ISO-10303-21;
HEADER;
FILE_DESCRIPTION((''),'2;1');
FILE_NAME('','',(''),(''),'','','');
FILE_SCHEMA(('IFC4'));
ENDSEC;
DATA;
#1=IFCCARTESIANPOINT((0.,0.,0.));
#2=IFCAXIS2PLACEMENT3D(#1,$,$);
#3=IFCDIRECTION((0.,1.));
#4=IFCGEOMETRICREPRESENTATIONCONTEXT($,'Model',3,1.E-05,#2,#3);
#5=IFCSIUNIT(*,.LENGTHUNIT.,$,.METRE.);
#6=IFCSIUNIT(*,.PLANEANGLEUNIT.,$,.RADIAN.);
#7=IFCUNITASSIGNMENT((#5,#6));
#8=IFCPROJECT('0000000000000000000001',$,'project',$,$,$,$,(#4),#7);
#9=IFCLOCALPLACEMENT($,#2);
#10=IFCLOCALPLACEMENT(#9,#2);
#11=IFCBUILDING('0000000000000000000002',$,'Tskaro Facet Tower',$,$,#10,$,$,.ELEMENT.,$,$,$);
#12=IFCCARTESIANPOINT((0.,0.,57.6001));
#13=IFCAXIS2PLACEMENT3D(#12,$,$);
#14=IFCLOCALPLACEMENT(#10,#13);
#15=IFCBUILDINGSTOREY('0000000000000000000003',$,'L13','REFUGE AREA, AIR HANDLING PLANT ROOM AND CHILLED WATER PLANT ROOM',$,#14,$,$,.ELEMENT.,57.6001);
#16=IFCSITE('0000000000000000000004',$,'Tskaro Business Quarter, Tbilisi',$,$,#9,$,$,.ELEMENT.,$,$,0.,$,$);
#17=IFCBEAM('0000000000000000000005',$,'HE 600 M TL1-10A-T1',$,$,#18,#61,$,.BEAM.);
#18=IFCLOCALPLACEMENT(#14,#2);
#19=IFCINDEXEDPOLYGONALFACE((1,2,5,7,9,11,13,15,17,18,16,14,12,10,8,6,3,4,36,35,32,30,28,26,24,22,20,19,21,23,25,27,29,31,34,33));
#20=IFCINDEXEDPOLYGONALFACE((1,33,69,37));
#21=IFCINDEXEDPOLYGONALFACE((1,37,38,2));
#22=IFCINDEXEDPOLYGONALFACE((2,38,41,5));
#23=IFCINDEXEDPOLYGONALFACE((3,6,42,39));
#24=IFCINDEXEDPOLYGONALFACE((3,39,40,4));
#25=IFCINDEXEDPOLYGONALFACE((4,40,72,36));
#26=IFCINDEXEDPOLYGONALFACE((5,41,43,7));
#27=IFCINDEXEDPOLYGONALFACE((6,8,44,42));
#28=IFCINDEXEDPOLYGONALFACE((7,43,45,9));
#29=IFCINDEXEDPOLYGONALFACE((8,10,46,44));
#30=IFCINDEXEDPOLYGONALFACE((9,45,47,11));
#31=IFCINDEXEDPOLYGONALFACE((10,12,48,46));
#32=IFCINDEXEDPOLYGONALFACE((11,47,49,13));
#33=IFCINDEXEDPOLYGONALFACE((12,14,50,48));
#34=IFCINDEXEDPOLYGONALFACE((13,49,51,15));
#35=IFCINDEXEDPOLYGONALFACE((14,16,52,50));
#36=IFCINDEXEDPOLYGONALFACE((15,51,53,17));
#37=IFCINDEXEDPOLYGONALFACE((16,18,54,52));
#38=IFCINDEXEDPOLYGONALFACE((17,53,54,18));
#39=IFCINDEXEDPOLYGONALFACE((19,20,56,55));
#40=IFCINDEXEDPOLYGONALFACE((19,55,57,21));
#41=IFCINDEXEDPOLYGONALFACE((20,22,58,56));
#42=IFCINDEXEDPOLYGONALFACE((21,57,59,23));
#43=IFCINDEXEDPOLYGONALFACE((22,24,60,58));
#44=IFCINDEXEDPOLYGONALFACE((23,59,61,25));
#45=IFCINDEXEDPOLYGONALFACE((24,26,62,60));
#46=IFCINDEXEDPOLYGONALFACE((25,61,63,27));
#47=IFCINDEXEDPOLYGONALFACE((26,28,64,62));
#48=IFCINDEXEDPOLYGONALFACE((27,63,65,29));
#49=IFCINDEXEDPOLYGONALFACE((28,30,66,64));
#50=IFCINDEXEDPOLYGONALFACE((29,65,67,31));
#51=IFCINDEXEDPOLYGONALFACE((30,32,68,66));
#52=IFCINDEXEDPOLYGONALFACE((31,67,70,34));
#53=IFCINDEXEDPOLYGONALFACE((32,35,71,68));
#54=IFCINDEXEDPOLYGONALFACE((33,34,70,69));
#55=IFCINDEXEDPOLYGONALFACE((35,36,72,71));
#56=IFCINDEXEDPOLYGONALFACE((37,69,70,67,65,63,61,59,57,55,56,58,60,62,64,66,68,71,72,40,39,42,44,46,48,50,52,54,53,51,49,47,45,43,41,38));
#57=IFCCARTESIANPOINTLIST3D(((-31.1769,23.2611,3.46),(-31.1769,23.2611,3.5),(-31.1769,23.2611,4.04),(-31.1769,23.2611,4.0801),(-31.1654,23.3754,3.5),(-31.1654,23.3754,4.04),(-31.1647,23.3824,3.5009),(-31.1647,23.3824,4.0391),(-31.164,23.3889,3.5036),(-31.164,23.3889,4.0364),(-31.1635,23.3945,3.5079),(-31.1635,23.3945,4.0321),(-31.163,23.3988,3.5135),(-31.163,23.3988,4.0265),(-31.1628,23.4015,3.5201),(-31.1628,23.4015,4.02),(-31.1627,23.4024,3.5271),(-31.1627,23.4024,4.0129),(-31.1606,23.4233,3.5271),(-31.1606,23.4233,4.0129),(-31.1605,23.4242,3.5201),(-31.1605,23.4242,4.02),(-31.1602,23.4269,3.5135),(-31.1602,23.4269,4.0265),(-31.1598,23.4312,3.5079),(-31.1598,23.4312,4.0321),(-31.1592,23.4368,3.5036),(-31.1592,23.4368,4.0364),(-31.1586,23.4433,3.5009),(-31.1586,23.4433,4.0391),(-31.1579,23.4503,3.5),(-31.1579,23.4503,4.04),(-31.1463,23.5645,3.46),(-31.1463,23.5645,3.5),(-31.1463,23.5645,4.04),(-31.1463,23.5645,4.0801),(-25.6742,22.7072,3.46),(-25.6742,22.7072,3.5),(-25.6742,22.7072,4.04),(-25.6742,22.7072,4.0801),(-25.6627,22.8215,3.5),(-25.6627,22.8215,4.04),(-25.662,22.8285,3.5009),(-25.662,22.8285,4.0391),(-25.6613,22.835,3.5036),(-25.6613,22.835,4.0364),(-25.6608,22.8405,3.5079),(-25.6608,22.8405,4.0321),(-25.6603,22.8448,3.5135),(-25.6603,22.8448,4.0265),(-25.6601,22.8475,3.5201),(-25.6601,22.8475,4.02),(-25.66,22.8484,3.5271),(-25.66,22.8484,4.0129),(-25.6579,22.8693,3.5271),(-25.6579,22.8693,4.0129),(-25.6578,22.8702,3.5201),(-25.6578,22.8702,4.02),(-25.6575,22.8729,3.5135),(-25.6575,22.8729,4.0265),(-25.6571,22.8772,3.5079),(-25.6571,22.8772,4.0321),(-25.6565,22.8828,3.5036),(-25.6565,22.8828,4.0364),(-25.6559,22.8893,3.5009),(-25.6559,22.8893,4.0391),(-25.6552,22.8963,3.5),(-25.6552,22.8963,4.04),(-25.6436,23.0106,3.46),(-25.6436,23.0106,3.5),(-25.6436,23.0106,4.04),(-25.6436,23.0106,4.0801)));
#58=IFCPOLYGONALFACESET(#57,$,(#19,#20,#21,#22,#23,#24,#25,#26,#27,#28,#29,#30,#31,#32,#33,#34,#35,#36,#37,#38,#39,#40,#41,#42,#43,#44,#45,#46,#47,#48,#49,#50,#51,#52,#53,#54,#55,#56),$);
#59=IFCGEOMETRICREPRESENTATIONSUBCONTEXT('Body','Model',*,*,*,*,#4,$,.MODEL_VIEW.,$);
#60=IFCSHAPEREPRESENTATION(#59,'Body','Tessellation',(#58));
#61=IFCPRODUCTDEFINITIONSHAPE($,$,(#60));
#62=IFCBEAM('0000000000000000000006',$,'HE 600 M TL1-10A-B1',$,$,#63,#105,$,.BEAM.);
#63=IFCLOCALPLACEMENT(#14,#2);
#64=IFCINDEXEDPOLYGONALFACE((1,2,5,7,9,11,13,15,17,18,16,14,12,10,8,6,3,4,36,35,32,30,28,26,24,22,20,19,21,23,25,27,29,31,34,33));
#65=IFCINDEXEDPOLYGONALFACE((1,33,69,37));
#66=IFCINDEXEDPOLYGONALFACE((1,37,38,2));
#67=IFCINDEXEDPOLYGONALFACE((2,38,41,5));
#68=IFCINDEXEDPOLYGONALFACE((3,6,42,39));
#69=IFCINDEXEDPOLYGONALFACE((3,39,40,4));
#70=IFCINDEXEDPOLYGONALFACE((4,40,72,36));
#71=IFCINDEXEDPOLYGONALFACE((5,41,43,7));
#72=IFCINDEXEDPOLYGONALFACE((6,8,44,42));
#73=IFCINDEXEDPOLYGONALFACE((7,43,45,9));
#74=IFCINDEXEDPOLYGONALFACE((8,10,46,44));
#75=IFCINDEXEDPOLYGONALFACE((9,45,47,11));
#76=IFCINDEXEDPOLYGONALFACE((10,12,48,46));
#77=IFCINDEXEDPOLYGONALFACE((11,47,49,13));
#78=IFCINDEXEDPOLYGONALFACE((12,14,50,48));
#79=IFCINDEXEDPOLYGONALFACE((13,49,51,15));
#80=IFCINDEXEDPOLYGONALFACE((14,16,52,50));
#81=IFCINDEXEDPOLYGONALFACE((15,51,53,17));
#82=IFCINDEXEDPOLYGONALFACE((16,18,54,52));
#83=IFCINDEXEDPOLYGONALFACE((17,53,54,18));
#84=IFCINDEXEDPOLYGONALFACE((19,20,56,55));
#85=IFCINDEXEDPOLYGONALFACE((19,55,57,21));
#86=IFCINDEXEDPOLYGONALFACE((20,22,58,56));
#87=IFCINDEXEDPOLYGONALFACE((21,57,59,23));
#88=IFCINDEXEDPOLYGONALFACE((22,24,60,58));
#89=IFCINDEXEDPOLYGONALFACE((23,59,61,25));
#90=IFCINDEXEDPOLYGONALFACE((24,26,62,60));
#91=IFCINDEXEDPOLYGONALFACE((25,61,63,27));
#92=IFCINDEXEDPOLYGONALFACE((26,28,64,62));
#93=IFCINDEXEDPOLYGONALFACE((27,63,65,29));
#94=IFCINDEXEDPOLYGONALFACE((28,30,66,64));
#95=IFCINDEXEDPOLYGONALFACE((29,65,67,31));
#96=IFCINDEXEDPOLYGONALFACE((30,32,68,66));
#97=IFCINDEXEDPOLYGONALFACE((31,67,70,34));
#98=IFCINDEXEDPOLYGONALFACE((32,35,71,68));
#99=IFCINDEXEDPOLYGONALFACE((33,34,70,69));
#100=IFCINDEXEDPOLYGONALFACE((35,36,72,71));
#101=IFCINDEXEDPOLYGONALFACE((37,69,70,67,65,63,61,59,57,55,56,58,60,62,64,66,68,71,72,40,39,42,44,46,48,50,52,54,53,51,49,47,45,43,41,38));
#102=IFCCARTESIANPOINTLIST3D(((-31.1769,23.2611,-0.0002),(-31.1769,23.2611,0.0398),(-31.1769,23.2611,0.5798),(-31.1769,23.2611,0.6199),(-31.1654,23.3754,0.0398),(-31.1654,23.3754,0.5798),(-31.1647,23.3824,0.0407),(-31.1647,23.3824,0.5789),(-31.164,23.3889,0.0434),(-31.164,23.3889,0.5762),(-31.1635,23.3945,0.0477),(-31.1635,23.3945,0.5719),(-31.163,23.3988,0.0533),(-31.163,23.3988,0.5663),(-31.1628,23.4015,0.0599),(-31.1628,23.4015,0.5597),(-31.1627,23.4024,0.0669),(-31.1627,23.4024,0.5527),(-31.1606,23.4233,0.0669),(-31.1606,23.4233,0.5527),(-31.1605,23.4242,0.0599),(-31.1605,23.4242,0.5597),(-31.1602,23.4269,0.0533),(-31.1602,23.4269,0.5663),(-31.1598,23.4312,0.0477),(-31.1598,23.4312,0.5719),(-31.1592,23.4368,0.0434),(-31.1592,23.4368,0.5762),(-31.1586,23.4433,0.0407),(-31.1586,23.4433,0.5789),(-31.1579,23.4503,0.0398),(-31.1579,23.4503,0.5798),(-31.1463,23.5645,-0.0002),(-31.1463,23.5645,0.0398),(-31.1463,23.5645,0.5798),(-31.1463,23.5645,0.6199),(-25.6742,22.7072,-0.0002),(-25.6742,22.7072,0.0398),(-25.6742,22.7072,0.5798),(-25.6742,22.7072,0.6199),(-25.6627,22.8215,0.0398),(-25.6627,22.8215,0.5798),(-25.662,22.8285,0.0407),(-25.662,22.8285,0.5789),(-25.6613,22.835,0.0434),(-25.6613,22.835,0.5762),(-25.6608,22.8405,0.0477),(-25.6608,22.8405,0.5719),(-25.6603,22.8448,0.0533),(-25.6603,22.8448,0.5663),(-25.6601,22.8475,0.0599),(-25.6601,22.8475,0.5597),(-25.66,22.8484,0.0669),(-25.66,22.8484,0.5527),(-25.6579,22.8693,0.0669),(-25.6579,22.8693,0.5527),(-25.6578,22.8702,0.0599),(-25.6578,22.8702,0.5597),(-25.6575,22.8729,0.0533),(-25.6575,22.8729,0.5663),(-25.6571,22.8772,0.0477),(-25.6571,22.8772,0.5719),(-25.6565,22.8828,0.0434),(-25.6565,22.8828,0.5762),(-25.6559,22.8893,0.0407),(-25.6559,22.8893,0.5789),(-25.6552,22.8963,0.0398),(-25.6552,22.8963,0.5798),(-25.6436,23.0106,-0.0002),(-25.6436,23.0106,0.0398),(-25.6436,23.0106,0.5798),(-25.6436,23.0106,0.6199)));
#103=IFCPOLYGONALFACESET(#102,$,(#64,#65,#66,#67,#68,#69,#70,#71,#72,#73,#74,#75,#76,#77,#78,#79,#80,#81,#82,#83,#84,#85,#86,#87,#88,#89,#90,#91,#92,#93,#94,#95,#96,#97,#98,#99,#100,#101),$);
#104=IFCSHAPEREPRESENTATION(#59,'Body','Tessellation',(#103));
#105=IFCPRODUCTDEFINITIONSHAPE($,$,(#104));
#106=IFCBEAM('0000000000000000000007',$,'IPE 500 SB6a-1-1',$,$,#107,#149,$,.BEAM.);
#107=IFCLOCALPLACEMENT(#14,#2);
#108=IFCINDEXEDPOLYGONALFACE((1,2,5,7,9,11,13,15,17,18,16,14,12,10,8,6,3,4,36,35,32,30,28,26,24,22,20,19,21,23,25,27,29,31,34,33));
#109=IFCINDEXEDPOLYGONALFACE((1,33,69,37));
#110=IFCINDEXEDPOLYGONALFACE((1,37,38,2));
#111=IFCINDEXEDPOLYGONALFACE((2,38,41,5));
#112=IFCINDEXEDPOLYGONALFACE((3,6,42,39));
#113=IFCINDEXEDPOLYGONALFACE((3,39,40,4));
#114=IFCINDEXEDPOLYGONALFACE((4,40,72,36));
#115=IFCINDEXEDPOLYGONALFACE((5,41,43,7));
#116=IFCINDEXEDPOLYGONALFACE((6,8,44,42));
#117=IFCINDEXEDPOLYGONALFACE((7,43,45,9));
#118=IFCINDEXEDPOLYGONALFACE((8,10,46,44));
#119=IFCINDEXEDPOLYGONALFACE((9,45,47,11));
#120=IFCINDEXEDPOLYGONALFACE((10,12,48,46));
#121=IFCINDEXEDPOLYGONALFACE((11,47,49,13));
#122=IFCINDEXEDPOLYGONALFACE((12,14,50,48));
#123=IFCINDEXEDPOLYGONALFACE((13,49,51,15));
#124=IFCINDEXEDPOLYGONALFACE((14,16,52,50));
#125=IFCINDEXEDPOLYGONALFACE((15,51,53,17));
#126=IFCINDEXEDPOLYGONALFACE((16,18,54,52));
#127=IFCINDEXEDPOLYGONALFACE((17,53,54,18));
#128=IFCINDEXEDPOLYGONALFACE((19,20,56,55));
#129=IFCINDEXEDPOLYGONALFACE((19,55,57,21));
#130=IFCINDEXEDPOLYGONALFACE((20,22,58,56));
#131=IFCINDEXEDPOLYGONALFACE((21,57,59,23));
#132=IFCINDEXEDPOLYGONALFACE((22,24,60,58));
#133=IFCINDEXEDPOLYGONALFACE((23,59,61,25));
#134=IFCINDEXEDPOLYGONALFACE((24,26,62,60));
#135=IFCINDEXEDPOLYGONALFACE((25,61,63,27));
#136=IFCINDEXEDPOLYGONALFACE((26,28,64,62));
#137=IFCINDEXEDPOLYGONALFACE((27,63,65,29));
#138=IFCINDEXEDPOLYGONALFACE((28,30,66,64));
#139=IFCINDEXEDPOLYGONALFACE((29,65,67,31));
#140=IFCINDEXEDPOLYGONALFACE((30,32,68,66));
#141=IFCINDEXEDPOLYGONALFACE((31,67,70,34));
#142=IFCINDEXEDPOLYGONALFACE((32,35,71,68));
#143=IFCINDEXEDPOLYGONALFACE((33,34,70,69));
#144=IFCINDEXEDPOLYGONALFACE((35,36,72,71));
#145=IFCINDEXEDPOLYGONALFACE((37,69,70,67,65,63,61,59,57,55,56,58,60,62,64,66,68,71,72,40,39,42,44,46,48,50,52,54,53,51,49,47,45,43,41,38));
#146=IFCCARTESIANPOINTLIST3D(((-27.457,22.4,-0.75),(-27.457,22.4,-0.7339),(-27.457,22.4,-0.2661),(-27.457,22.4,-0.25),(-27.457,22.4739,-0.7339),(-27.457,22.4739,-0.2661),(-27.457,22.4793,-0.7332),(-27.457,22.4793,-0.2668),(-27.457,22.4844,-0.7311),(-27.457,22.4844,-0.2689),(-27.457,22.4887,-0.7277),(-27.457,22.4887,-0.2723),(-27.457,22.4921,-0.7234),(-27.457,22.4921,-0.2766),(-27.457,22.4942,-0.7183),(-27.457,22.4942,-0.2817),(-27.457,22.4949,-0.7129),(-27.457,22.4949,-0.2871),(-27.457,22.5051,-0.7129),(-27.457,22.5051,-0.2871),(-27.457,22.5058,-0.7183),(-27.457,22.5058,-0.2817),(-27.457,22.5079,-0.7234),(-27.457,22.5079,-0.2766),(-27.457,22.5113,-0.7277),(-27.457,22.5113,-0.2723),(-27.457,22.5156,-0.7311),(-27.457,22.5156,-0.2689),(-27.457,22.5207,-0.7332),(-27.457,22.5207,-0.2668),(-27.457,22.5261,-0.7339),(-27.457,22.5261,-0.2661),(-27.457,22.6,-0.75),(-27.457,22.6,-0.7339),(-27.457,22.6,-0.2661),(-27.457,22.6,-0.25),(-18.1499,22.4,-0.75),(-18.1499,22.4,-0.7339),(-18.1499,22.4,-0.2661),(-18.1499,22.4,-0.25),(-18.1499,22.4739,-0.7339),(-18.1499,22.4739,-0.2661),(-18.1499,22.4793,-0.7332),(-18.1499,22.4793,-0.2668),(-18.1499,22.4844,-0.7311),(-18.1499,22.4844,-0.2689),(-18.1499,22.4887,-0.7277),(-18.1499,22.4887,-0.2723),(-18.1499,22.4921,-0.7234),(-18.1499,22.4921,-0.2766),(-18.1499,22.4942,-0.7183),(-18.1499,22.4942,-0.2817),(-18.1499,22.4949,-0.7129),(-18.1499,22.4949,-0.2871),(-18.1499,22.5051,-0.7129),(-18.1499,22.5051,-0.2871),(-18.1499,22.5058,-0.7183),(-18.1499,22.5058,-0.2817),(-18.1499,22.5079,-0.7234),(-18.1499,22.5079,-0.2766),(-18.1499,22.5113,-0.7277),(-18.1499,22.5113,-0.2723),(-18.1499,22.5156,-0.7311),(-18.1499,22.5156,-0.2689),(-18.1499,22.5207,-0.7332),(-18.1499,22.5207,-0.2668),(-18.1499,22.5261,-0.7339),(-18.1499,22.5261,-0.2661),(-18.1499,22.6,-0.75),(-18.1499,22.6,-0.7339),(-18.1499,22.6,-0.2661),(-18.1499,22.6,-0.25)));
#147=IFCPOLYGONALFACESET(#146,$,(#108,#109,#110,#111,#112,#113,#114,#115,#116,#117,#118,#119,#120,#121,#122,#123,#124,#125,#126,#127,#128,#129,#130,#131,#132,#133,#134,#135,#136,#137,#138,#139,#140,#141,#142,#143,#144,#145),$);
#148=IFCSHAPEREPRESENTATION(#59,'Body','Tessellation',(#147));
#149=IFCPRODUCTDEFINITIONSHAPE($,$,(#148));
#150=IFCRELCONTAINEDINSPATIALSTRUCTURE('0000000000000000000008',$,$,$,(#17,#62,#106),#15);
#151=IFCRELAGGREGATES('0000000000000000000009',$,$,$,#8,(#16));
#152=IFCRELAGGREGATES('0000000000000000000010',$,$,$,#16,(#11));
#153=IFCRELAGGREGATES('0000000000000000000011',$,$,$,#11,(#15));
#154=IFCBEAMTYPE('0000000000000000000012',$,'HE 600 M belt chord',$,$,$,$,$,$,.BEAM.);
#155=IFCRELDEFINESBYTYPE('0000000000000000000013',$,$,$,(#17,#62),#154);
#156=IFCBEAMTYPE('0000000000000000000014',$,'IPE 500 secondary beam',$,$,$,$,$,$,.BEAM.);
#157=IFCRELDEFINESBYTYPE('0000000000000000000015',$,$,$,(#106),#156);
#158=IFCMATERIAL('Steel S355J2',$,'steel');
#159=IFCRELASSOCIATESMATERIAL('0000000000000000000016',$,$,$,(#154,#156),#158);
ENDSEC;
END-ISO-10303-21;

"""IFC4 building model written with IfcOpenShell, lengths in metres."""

from ifc_helpers import new_model, si_unit, direction, frame, origin, origin_2d, place, context, subcontext, project, spatial, i_section, extrude, material, material_profile, profile_set, type_object, element, save


model = new_model("IFC4")

# Units and contexts
model_context = context("Model", 3, precision=1e-05, world=origin(), true_north=direction((0.0, 1.0)))
body_context = subcontext(model_context, "Body", "Model", "MODEL_VIEW")
ifc_project = project(units=[si_unit("LENGTHUNIT", "METRE"), si_unit("PLANEANGLEUNIT", "RADIAN")], contexts=[model_context])

# Site, building, storey
site_placement = place(None, origin())
site = spatial("IfcSite", under=ifc_project, at=site_placement, Name="Tskaro Business Quarter, Tbilisi", CompositionType="ELEMENT", RefElevation=0.0)
building_placement = place(site_placement, origin())
building = spatial("IfcBuilding", under=site, at=building_placement, Name="Tskaro Facet Tower", CompositionType="ELEMENT")
storey_placement = place(building_placement, frame((0.0, 0.0, 57.6001)))
storey = spatial("IfcBuildingStorey", under=building, at=storey_placement, Name="L13", Description="REFUGE AREA, AIR HANDLING PLANT ROOM AND CHILLED WATER PLANT ROOM", CompositionType="ELEMENT", Elevation=57.6001)

# Shared definitions
ifc_material_1 = material(Name="Steel S355J2", Category="steel")

# Beams
ifc_material_profile_1 = material_profile(ifc_material_1, i_section(OverallWidth=0.3049, OverallDepth=0.6201, WebThickness=0.021, FlangeThickness=0.04, FilletRadius=0.0271, at=origin_2d()), Name="HE 600 M")
ifc_profile_set_1 = profile_set([ifc_material_profile_1], Name="Steel S355J2")
beam_type_1 = type_object("IfcBeamType", Name="HE 600 M belt chord", PredefinedType="BEAM", material=ifc_profile_set_1)
for number, where, z_axis, x_axis, name in (
    (1, (-31.1616, 23.4128, 3.77), (0.994971, -0.100164, 0.0), (0.100164, 0.994971, 0.0), "HE 600 M TL1-10A-T1"),
    (2, (-31.1616, 23.4128, 0.3098), (0.994971, -0.100164, 0.0), (0.100164, 0.994971, 0.0), "HE 600 M TL1-10A-B1"),
):
    element("IfcBeam", number, at=place(storey_placement, frame(where, z_axis=z_axis, x_axis=x_axis)), inside=storey, type_object=beam_type_1, Name=name, PredefinedType="BEAM", context=body_context, shape_type="SweptSolid", body=[
        extrude(i_section(OverallWidth=0.3049, OverallDepth=0.6201, WebThickness=0.021, FlangeThickness=0.04, FilletRadius=0.0271, at=origin_2d()), origin(), (0.0, 0.0, 1.0), 5.5305),
    ])
ifc_material_profile_2 = material_profile(ifc_material_1, i_section(OverallWidth=0.2, OverallDepth=0.5, WebThickness=0.0103, FlangeThickness=0.0161, FilletRadius=0.021, at=origin_2d()), Name="IPE 500")
ifc_profile_set_2 = profile_set([ifc_material_profile_2], Name="Steel S355J2")
beam_type_2 = type_object("IfcBeamType", Name="IPE 500 secondary beam", PredefinedType="BEAM", material=ifc_profile_set_2)
beam_1_placement = place(storey_placement, frame((-27.457, 22.5, -0.5), z_axis=(1.0, 0.0, 0.0), x_axis=(0.0, 1.0, 0.0)))
element("IfcBeam", 3, at=beam_1_placement, inside=storey, type_object=beam_type_2, Name="IPE 500 SB6a-1-1", PredefinedType="BEAM", context=body_context, shape_type="SweptSolid", body=[
    extrude(i_section(OverallWidth=0.2, OverallDepth=0.5, WebThickness=0.0103, FlangeThickness=0.0161, FilletRadius=0.021, at=origin_2d()), origin(), (0.0, 0.0, 1.0), 9.3071),
])

save(model, "model.ifc")
